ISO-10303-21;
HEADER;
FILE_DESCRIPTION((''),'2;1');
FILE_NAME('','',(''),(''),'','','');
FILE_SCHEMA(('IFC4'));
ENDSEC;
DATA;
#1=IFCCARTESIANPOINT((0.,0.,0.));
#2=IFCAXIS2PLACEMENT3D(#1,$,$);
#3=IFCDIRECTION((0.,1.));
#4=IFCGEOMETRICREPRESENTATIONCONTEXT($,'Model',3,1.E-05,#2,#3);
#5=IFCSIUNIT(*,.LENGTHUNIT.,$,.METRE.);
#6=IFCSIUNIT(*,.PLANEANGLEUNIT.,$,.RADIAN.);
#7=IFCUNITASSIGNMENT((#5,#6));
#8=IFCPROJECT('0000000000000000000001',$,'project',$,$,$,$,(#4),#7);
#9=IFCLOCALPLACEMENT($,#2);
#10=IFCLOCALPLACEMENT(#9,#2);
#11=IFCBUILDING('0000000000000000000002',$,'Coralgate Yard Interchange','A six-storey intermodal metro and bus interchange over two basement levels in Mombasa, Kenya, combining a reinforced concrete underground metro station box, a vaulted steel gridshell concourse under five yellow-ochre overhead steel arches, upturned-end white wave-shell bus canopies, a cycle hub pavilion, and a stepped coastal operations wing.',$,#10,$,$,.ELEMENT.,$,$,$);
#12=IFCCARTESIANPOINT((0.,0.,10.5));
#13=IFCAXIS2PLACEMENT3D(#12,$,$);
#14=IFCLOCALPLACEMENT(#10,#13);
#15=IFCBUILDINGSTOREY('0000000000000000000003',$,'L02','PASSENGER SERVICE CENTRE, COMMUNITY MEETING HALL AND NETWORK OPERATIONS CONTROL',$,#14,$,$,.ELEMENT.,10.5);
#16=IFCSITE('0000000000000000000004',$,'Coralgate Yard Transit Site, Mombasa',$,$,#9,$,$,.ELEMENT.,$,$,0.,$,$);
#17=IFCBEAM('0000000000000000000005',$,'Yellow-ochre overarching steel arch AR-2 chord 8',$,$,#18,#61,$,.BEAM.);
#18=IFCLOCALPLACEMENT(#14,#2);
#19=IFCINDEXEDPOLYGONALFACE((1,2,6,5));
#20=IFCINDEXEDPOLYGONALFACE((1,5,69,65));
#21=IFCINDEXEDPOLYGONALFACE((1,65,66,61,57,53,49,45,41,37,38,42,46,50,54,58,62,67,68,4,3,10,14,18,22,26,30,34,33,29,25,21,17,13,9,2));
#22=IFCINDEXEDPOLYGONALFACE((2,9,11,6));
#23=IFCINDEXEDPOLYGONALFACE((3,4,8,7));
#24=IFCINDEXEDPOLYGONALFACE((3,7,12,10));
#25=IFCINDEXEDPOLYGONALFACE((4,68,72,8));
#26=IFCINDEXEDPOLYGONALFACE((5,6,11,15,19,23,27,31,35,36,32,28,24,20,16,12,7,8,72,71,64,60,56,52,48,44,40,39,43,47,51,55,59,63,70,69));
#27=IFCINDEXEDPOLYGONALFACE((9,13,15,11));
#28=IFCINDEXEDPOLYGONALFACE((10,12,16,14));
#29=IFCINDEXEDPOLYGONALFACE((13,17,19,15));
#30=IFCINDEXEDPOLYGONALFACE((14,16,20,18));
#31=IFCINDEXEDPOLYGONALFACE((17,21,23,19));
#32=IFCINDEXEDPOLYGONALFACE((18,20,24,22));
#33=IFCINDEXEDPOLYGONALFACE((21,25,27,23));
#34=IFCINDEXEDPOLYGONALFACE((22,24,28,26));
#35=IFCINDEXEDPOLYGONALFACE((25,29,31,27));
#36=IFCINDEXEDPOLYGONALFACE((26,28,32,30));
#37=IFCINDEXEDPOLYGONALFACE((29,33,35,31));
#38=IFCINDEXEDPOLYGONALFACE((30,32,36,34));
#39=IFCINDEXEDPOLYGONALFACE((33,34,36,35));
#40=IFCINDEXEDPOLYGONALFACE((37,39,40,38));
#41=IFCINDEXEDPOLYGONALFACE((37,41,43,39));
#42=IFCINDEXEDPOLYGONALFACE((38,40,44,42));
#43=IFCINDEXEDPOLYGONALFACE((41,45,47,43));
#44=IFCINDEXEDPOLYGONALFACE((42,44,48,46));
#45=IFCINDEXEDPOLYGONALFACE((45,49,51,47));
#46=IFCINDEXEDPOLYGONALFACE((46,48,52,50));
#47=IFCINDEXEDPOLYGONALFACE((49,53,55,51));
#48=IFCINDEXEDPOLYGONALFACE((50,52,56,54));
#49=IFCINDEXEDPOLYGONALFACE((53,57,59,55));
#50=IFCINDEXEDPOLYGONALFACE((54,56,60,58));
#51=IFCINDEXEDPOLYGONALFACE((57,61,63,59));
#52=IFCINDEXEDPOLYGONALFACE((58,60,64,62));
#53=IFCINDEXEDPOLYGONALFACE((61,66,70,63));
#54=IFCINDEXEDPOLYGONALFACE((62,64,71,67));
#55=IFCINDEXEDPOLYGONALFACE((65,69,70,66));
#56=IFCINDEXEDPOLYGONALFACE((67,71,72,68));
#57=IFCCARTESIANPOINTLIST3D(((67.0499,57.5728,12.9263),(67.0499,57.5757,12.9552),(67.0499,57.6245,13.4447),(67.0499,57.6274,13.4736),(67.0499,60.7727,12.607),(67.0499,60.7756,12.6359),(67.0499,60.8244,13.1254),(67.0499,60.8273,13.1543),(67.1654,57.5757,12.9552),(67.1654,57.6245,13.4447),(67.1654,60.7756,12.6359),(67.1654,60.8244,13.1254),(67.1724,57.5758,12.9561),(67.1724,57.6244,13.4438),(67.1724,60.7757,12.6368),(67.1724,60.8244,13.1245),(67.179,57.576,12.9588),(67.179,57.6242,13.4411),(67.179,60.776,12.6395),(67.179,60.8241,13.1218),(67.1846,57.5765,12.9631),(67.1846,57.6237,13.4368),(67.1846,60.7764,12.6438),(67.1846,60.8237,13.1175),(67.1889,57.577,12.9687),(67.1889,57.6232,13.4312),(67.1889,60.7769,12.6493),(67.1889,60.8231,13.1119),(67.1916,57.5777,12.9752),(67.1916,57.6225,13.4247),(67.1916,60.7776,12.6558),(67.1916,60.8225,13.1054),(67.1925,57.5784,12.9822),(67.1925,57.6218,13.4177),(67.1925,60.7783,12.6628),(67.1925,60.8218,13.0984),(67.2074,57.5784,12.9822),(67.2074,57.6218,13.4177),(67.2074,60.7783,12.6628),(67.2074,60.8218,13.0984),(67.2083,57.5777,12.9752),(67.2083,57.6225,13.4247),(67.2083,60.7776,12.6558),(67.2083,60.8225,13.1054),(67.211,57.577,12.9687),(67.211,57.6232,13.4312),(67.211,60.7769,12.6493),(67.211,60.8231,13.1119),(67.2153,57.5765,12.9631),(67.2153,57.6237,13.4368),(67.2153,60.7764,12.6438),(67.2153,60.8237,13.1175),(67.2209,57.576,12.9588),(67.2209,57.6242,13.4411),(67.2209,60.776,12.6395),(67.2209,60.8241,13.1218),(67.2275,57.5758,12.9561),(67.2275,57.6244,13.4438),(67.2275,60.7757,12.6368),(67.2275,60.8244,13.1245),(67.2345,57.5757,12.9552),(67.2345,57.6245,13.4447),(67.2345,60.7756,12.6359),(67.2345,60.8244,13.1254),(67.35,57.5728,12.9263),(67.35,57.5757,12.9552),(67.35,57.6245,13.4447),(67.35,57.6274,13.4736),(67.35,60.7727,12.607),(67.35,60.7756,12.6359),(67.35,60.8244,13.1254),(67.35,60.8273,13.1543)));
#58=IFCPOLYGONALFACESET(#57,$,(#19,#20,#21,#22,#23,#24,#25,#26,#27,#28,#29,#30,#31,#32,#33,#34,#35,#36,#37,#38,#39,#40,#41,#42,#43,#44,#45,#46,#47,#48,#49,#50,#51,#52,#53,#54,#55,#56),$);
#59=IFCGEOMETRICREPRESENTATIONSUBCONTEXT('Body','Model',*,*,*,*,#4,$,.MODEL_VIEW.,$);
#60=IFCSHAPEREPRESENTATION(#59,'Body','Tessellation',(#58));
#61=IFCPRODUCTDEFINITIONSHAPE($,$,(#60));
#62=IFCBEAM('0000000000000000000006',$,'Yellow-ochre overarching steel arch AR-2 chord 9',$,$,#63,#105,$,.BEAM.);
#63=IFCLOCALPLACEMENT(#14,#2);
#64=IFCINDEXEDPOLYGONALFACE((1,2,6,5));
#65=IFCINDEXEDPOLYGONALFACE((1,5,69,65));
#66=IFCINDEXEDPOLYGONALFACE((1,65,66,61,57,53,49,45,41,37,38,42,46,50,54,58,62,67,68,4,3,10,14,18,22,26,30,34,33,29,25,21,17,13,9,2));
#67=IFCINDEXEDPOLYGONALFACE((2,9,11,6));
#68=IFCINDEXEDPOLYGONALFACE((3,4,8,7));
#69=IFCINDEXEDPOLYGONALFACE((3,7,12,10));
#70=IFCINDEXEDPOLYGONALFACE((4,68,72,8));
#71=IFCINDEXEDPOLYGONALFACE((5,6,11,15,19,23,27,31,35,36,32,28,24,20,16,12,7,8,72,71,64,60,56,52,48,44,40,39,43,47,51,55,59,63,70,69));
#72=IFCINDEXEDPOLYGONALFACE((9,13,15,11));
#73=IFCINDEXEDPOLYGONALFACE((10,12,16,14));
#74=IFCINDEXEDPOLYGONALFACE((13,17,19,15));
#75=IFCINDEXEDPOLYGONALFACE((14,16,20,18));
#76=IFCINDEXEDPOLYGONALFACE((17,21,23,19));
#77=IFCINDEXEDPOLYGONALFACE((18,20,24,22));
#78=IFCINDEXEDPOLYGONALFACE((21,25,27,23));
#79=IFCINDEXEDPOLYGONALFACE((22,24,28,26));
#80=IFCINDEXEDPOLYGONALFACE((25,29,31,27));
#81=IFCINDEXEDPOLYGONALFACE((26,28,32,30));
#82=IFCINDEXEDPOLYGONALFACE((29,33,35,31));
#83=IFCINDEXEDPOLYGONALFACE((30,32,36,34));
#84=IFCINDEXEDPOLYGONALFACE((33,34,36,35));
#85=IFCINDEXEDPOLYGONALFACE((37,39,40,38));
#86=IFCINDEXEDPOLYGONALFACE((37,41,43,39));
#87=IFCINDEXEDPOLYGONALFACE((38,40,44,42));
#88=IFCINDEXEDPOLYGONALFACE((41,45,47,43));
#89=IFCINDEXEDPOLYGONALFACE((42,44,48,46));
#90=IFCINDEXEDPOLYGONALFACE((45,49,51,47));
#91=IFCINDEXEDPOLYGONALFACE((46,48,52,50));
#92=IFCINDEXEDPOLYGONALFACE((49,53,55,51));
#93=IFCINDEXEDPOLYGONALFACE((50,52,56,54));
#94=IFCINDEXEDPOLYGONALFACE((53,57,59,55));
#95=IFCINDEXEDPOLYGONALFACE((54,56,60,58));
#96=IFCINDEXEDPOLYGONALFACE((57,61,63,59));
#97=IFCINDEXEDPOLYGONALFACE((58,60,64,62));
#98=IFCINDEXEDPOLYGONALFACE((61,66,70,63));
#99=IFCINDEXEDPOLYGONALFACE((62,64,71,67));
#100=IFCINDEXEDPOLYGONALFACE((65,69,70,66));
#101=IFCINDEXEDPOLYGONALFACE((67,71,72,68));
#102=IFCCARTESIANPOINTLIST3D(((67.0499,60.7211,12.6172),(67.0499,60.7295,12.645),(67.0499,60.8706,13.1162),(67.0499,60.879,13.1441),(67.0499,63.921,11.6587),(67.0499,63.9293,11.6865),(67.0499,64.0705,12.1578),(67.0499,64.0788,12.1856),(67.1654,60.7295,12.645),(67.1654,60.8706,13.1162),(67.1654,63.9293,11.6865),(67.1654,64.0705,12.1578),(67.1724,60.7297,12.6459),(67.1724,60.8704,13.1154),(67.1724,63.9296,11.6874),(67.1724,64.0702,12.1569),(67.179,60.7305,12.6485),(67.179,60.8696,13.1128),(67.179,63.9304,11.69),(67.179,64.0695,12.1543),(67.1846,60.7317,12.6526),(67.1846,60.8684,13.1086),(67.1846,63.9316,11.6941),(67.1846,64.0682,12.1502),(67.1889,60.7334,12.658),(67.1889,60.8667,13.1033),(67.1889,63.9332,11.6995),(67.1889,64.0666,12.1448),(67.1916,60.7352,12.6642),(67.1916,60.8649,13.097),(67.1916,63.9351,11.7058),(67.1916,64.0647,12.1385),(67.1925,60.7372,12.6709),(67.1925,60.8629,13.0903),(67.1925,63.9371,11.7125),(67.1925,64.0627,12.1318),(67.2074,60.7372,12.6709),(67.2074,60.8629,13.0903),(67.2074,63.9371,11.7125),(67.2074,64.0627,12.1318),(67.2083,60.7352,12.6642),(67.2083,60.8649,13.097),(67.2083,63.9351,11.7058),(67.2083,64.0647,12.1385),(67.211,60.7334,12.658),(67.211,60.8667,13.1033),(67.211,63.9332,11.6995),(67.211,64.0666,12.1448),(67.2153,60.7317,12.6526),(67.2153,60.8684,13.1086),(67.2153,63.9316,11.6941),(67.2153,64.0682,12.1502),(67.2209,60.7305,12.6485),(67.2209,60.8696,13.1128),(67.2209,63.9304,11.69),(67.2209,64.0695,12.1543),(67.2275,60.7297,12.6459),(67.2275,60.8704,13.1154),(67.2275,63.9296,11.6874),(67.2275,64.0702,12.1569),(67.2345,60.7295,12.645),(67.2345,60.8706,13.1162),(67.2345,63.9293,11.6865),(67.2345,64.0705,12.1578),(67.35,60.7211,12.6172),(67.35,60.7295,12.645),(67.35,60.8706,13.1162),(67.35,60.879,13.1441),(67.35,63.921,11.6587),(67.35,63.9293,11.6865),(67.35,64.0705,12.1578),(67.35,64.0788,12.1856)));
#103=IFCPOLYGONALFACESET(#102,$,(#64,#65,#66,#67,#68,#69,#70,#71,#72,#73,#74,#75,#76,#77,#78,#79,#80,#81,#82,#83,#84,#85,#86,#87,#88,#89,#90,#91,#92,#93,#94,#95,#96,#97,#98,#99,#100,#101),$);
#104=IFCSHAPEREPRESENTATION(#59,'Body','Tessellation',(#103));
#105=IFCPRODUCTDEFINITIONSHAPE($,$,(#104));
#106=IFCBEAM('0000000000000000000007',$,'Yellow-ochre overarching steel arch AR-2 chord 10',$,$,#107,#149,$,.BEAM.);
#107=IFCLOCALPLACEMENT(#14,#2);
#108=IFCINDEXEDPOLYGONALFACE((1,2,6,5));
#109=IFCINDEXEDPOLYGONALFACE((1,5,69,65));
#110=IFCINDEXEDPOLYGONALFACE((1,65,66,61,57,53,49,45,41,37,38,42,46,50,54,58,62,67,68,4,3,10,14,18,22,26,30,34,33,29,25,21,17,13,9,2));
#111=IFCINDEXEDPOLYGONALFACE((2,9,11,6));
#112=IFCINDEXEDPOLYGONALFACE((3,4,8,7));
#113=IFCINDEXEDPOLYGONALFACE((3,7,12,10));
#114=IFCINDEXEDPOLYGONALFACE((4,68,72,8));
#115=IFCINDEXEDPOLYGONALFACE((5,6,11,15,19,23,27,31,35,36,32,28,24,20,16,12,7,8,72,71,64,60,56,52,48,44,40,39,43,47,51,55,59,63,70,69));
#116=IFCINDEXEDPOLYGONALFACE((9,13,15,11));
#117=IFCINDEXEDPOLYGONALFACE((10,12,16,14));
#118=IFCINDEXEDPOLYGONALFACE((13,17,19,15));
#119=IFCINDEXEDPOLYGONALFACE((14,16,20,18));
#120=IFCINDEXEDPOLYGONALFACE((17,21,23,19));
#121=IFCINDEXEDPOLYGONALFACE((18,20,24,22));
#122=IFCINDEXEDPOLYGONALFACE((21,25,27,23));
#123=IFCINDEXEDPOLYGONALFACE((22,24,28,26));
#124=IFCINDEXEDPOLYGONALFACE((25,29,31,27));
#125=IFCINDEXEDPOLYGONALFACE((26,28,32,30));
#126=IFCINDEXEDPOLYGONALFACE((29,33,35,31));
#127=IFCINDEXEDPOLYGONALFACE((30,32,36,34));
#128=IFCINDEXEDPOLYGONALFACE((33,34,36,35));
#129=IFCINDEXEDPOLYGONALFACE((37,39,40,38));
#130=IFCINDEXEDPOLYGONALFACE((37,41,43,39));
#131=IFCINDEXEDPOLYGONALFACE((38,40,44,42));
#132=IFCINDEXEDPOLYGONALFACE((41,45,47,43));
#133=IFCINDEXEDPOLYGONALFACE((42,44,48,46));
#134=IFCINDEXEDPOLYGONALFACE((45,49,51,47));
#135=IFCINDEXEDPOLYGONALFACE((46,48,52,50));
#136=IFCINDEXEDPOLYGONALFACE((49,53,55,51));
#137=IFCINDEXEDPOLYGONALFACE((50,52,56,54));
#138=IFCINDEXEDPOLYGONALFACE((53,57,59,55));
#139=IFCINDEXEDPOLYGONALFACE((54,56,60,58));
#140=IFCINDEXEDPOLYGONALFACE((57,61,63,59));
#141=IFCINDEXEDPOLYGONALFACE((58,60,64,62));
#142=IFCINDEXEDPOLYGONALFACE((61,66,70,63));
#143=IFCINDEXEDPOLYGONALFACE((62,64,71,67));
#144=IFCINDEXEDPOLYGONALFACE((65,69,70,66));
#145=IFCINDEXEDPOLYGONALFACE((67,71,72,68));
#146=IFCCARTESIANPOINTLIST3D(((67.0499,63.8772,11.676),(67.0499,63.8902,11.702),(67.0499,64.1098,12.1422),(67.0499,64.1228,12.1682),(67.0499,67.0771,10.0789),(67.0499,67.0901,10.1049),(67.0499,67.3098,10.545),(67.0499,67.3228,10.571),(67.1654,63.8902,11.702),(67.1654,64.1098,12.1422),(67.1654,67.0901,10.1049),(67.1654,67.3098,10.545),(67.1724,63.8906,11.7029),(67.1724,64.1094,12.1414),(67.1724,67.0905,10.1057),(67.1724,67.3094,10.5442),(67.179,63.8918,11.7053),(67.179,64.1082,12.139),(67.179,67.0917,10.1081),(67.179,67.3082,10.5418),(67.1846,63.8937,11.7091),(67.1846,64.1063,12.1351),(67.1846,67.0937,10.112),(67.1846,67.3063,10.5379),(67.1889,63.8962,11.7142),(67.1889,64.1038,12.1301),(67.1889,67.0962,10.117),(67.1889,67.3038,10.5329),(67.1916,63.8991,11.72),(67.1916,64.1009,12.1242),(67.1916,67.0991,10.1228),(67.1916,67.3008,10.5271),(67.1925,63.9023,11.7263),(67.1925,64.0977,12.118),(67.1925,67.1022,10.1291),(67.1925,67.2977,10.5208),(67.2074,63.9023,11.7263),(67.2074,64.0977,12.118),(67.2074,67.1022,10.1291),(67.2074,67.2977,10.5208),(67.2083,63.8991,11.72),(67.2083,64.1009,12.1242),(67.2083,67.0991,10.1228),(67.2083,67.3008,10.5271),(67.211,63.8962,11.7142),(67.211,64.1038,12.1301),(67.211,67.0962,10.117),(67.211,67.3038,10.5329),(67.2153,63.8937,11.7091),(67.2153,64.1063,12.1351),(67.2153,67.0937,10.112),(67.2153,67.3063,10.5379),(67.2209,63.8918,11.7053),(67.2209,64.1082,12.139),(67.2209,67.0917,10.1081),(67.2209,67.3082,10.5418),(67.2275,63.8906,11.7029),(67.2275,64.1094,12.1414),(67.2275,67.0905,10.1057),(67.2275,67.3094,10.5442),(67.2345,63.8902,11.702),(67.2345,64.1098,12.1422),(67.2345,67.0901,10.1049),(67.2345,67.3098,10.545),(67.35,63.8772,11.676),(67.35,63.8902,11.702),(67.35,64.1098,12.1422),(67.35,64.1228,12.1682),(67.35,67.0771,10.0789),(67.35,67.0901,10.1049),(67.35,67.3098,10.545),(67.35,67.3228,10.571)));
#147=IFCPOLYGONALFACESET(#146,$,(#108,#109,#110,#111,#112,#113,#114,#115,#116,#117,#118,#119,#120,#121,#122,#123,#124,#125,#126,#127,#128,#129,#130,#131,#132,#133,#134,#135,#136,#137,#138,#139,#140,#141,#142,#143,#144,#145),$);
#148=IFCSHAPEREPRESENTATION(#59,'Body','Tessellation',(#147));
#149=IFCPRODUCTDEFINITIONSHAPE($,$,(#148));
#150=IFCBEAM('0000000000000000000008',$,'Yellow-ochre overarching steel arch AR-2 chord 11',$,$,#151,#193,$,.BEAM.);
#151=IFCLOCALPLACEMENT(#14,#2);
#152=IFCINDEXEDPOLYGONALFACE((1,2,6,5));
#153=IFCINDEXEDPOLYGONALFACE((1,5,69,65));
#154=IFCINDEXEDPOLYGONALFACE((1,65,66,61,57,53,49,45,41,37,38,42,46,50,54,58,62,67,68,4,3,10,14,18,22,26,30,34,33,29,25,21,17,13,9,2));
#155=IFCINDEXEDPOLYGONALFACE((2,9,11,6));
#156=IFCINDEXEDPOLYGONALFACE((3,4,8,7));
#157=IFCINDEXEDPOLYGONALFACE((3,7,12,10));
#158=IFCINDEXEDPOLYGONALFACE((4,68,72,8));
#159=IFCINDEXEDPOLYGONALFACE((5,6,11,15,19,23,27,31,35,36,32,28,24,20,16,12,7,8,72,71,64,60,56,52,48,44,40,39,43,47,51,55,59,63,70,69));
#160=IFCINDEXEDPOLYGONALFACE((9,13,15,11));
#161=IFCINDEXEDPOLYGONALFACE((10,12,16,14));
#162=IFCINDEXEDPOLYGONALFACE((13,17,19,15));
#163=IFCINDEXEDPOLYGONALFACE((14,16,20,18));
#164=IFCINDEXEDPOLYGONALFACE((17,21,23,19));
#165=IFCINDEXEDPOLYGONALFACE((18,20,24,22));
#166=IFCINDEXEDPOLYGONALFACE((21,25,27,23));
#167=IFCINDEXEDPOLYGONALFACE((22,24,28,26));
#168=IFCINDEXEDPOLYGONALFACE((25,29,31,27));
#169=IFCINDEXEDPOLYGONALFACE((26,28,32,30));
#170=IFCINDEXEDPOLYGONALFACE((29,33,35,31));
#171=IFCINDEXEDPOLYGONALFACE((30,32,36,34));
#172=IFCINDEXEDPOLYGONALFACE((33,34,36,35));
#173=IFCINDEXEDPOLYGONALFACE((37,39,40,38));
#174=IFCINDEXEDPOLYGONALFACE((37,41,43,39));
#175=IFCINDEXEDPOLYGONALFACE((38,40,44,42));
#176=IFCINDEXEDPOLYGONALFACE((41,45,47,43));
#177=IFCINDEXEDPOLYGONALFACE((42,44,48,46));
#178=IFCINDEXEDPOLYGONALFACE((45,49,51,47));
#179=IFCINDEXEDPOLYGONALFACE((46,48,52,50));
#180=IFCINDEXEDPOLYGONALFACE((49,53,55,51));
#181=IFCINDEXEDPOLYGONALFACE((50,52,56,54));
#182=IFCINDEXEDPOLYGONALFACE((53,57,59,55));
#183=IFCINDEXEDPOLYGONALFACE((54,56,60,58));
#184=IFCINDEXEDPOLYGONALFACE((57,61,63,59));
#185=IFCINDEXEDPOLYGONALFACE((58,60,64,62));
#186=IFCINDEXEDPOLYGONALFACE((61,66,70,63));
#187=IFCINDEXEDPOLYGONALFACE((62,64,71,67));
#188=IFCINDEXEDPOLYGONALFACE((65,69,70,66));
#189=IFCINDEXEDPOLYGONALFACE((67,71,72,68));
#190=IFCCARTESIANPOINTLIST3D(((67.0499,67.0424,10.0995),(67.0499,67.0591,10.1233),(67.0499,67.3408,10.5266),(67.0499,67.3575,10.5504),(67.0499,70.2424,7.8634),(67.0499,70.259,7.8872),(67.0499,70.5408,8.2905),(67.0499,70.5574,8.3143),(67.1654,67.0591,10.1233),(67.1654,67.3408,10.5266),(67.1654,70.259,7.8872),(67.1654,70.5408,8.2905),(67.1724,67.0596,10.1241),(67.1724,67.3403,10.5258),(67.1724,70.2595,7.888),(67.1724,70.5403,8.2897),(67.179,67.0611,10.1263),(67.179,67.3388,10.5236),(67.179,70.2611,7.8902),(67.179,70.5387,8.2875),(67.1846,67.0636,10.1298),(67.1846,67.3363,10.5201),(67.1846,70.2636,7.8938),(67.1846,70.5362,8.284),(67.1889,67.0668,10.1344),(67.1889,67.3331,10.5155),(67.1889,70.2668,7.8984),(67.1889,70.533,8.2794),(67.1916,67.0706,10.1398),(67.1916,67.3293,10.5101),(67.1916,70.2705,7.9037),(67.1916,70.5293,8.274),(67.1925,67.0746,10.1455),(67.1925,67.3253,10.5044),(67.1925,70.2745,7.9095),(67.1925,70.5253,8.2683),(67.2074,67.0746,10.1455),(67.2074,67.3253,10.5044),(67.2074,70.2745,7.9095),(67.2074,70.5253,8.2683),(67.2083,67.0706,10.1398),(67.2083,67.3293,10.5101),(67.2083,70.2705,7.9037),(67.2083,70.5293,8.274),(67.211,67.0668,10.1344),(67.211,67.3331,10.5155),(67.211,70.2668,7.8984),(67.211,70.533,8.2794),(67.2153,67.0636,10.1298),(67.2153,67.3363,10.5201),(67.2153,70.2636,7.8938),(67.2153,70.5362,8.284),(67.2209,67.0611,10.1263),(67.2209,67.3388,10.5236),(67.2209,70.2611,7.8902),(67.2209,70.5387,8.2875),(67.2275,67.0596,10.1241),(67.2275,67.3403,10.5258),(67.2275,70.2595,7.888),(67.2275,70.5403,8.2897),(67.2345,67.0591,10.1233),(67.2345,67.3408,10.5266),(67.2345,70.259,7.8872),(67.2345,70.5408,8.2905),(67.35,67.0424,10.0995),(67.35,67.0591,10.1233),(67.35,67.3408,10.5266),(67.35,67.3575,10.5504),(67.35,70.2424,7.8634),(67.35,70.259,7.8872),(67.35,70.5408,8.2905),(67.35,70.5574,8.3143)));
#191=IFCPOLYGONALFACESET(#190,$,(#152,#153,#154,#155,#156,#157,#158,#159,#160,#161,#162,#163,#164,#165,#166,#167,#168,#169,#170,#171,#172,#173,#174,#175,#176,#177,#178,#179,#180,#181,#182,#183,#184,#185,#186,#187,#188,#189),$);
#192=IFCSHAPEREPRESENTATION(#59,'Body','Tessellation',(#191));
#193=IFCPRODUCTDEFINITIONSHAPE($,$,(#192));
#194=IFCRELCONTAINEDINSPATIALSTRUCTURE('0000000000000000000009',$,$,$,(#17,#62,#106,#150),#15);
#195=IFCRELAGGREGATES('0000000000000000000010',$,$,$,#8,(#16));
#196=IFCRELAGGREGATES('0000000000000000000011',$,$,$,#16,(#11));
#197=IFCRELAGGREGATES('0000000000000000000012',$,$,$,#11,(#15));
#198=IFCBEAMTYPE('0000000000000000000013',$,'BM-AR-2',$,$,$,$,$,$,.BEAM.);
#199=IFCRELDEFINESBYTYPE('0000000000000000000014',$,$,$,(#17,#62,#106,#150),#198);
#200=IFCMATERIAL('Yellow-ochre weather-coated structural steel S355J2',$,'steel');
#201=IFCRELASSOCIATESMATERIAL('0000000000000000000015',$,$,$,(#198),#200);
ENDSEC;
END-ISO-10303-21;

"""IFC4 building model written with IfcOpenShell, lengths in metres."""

from ifc_helpers import new_model, si_unit, direction, frame, origin, origin_2d, place, context, subcontext, project, spatial, i_section, extrude, material, material_profile, profile_set, type_object, element, save


model = new_model("IFC4")

# Units and contexts
model_context = context("Model", 3, precision=1e-05, world=origin(), true_north=direction((0.0, 1.0)))
body_context = subcontext(model_context, "Body", "Model", "MODEL_VIEW")
ifc_project = project(units=[si_unit("LENGTHUNIT", "METRE"), si_unit("PLANEANGLEUNIT", "RADIAN")], contexts=[model_context])

# Site, building, storey
site_placement = place(None, origin())
site = spatial("IfcSite", under=ifc_project, at=site_placement, Name="Coralgate Yard Transit Site, Mombasa", CompositionType="ELEMENT", RefElevation=0.0)
building_placement = place(site_placement, origin())
building = spatial("IfcBuilding", under=site, at=building_placement, Name="Coralgate Yard Interchange", Description="A six-storey intermodal metro and bus interchange over two basement levels in Mombasa, Kenya, combining a reinforced concrete underground metro station box, a vaulted steel gridshell concourse under five yellow-ochre overhead steel arches, upturned-end white wave-shell bus canopies, a cycle hub pavilion, and a stepped coastal operations wing.", CompositionType="ELEMENT")
storey_placement = place(building_placement, frame((0.0, 0.0, 10.5)))
storey = spatial("IfcBuildingStorey", under=building, at=storey_placement, Name="L02", Description="PASSENGER SERVICE CENTRE, COMMUNITY MEETING HALL AND NETWORK OPERATIONS CONTROL", CompositionType="ELEMENT", Elevation=10.5)

# Beams
ifc_material_1 = material(Name="Yellow-ochre weather-coated structural steel S355J2", Category="steel")
ifc_material_profile_1 = material_profile(ifc_material_1, i_section(OverallWidth=0.3, OverallDepth=0.55, WebThickness=0.0149, FlangeThickness=0.0291, FilletRadius=0.0271, at=origin_2d()), Name="HEB 550")
ifc_profile_set_1 = profile_set([ifc_material_profile_1], Name="Yellow-ochre weather-coated structural steel S355J2")
beam_type_1 = type_object("IfcBeamType", Name="BM-AR-2", PredefinedType="BEAM", material=ifc_profile_set_1)
beam_1_placement = place(storey_placement, frame((67.2, 57.6001, 13.2), z_axis=(0.0, 0.995057, -0.099301), x_axis=(-1.0, 0.0, 0.0)))
element("IfcBeam", 1, at=beam_1_placement, inside=storey, type_object=beam_type_1, Name="Yellow-ochre overarching steel arch AR-2 chord 8", PredefinedType="BEAM", context=body_context, shape_type="SweptSolid", body=[
    extrude(i_section(OverallWidth=0.3, OverallDepth=0.55, WebThickness=0.0149, FlangeThickness=0.0291, FilletRadius=0.0271, at=origin_2d()), origin(), (0.0, 0.0, 1.0), 3.2158),
])
beam_2_placement = place(storey_placement, frame((67.2, 60.8, 12.8806), z_axis=(0.0, 0.957949, -0.286939), x_axis=(-1.0, 0.0, 0.0)))
element("IfcBeam", 2, at=beam_2_placement, inside=storey, type_object=beam_type_1, Name="Yellow-ochre overarching steel arch AR-2 chord 9", PredefinedType="BEAM", context=body_context, shape_type="SweptSolid", body=[
    extrude(i_section(OverallWidth=0.3, OverallDepth=0.55, WebThickness=0.0149, FlangeThickness=0.0291, FilletRadius=0.0271, at=origin_2d()), origin(), (0.0, 0.0, 1.0), 3.3403),
])
beam_3_placement = place(storey_placement, frame((67.2, 64.0, 11.9221), z_axis=(0.0, 0.894741, -0.446585), x_axis=(-1.0, 0.0, 0.0)))
element("IfcBeam", 3, at=beam_3_placement, inside=storey, type_object=beam_type_1, Name="Yellow-ochre overarching steel arch AR-2 chord 10", PredefinedType="BEAM", context=body_context, shape_type="SweptSolid", body=[
    extrude(i_section(OverallWidth=0.3, OverallDepth=0.55, WebThickness=0.0149, FlangeThickness=0.0291, FilletRadius=0.0271, at=origin_2d()), origin(), (0.0, 0.0, 1.0), 3.5764),
])
beam_4_placement = place(storey_placement, frame((67.2, 67.2, 10.325), z_axis=(0.0, 0.819699, -0.572795), x_axis=(-1.0, 0.0, 0.0)))
element("IfcBeam", 4, at=beam_4_placement, inside=storey, type_object=beam_type_1, Name="Yellow-ochre overarching steel arch AR-2 chord 11", PredefinedType="BEAM", context=body_context, shape_type="SweptSolid", body=[
    extrude(i_section(OverallWidth=0.3, OverallDepth=0.55, WebThickness=0.0149, FlangeThickness=0.0291, FilletRadius=0.0271, at=origin_2d()), origin(), (0.0, 0.0, 1.0), 3.9038),
])

save(model, "model.ifc")
